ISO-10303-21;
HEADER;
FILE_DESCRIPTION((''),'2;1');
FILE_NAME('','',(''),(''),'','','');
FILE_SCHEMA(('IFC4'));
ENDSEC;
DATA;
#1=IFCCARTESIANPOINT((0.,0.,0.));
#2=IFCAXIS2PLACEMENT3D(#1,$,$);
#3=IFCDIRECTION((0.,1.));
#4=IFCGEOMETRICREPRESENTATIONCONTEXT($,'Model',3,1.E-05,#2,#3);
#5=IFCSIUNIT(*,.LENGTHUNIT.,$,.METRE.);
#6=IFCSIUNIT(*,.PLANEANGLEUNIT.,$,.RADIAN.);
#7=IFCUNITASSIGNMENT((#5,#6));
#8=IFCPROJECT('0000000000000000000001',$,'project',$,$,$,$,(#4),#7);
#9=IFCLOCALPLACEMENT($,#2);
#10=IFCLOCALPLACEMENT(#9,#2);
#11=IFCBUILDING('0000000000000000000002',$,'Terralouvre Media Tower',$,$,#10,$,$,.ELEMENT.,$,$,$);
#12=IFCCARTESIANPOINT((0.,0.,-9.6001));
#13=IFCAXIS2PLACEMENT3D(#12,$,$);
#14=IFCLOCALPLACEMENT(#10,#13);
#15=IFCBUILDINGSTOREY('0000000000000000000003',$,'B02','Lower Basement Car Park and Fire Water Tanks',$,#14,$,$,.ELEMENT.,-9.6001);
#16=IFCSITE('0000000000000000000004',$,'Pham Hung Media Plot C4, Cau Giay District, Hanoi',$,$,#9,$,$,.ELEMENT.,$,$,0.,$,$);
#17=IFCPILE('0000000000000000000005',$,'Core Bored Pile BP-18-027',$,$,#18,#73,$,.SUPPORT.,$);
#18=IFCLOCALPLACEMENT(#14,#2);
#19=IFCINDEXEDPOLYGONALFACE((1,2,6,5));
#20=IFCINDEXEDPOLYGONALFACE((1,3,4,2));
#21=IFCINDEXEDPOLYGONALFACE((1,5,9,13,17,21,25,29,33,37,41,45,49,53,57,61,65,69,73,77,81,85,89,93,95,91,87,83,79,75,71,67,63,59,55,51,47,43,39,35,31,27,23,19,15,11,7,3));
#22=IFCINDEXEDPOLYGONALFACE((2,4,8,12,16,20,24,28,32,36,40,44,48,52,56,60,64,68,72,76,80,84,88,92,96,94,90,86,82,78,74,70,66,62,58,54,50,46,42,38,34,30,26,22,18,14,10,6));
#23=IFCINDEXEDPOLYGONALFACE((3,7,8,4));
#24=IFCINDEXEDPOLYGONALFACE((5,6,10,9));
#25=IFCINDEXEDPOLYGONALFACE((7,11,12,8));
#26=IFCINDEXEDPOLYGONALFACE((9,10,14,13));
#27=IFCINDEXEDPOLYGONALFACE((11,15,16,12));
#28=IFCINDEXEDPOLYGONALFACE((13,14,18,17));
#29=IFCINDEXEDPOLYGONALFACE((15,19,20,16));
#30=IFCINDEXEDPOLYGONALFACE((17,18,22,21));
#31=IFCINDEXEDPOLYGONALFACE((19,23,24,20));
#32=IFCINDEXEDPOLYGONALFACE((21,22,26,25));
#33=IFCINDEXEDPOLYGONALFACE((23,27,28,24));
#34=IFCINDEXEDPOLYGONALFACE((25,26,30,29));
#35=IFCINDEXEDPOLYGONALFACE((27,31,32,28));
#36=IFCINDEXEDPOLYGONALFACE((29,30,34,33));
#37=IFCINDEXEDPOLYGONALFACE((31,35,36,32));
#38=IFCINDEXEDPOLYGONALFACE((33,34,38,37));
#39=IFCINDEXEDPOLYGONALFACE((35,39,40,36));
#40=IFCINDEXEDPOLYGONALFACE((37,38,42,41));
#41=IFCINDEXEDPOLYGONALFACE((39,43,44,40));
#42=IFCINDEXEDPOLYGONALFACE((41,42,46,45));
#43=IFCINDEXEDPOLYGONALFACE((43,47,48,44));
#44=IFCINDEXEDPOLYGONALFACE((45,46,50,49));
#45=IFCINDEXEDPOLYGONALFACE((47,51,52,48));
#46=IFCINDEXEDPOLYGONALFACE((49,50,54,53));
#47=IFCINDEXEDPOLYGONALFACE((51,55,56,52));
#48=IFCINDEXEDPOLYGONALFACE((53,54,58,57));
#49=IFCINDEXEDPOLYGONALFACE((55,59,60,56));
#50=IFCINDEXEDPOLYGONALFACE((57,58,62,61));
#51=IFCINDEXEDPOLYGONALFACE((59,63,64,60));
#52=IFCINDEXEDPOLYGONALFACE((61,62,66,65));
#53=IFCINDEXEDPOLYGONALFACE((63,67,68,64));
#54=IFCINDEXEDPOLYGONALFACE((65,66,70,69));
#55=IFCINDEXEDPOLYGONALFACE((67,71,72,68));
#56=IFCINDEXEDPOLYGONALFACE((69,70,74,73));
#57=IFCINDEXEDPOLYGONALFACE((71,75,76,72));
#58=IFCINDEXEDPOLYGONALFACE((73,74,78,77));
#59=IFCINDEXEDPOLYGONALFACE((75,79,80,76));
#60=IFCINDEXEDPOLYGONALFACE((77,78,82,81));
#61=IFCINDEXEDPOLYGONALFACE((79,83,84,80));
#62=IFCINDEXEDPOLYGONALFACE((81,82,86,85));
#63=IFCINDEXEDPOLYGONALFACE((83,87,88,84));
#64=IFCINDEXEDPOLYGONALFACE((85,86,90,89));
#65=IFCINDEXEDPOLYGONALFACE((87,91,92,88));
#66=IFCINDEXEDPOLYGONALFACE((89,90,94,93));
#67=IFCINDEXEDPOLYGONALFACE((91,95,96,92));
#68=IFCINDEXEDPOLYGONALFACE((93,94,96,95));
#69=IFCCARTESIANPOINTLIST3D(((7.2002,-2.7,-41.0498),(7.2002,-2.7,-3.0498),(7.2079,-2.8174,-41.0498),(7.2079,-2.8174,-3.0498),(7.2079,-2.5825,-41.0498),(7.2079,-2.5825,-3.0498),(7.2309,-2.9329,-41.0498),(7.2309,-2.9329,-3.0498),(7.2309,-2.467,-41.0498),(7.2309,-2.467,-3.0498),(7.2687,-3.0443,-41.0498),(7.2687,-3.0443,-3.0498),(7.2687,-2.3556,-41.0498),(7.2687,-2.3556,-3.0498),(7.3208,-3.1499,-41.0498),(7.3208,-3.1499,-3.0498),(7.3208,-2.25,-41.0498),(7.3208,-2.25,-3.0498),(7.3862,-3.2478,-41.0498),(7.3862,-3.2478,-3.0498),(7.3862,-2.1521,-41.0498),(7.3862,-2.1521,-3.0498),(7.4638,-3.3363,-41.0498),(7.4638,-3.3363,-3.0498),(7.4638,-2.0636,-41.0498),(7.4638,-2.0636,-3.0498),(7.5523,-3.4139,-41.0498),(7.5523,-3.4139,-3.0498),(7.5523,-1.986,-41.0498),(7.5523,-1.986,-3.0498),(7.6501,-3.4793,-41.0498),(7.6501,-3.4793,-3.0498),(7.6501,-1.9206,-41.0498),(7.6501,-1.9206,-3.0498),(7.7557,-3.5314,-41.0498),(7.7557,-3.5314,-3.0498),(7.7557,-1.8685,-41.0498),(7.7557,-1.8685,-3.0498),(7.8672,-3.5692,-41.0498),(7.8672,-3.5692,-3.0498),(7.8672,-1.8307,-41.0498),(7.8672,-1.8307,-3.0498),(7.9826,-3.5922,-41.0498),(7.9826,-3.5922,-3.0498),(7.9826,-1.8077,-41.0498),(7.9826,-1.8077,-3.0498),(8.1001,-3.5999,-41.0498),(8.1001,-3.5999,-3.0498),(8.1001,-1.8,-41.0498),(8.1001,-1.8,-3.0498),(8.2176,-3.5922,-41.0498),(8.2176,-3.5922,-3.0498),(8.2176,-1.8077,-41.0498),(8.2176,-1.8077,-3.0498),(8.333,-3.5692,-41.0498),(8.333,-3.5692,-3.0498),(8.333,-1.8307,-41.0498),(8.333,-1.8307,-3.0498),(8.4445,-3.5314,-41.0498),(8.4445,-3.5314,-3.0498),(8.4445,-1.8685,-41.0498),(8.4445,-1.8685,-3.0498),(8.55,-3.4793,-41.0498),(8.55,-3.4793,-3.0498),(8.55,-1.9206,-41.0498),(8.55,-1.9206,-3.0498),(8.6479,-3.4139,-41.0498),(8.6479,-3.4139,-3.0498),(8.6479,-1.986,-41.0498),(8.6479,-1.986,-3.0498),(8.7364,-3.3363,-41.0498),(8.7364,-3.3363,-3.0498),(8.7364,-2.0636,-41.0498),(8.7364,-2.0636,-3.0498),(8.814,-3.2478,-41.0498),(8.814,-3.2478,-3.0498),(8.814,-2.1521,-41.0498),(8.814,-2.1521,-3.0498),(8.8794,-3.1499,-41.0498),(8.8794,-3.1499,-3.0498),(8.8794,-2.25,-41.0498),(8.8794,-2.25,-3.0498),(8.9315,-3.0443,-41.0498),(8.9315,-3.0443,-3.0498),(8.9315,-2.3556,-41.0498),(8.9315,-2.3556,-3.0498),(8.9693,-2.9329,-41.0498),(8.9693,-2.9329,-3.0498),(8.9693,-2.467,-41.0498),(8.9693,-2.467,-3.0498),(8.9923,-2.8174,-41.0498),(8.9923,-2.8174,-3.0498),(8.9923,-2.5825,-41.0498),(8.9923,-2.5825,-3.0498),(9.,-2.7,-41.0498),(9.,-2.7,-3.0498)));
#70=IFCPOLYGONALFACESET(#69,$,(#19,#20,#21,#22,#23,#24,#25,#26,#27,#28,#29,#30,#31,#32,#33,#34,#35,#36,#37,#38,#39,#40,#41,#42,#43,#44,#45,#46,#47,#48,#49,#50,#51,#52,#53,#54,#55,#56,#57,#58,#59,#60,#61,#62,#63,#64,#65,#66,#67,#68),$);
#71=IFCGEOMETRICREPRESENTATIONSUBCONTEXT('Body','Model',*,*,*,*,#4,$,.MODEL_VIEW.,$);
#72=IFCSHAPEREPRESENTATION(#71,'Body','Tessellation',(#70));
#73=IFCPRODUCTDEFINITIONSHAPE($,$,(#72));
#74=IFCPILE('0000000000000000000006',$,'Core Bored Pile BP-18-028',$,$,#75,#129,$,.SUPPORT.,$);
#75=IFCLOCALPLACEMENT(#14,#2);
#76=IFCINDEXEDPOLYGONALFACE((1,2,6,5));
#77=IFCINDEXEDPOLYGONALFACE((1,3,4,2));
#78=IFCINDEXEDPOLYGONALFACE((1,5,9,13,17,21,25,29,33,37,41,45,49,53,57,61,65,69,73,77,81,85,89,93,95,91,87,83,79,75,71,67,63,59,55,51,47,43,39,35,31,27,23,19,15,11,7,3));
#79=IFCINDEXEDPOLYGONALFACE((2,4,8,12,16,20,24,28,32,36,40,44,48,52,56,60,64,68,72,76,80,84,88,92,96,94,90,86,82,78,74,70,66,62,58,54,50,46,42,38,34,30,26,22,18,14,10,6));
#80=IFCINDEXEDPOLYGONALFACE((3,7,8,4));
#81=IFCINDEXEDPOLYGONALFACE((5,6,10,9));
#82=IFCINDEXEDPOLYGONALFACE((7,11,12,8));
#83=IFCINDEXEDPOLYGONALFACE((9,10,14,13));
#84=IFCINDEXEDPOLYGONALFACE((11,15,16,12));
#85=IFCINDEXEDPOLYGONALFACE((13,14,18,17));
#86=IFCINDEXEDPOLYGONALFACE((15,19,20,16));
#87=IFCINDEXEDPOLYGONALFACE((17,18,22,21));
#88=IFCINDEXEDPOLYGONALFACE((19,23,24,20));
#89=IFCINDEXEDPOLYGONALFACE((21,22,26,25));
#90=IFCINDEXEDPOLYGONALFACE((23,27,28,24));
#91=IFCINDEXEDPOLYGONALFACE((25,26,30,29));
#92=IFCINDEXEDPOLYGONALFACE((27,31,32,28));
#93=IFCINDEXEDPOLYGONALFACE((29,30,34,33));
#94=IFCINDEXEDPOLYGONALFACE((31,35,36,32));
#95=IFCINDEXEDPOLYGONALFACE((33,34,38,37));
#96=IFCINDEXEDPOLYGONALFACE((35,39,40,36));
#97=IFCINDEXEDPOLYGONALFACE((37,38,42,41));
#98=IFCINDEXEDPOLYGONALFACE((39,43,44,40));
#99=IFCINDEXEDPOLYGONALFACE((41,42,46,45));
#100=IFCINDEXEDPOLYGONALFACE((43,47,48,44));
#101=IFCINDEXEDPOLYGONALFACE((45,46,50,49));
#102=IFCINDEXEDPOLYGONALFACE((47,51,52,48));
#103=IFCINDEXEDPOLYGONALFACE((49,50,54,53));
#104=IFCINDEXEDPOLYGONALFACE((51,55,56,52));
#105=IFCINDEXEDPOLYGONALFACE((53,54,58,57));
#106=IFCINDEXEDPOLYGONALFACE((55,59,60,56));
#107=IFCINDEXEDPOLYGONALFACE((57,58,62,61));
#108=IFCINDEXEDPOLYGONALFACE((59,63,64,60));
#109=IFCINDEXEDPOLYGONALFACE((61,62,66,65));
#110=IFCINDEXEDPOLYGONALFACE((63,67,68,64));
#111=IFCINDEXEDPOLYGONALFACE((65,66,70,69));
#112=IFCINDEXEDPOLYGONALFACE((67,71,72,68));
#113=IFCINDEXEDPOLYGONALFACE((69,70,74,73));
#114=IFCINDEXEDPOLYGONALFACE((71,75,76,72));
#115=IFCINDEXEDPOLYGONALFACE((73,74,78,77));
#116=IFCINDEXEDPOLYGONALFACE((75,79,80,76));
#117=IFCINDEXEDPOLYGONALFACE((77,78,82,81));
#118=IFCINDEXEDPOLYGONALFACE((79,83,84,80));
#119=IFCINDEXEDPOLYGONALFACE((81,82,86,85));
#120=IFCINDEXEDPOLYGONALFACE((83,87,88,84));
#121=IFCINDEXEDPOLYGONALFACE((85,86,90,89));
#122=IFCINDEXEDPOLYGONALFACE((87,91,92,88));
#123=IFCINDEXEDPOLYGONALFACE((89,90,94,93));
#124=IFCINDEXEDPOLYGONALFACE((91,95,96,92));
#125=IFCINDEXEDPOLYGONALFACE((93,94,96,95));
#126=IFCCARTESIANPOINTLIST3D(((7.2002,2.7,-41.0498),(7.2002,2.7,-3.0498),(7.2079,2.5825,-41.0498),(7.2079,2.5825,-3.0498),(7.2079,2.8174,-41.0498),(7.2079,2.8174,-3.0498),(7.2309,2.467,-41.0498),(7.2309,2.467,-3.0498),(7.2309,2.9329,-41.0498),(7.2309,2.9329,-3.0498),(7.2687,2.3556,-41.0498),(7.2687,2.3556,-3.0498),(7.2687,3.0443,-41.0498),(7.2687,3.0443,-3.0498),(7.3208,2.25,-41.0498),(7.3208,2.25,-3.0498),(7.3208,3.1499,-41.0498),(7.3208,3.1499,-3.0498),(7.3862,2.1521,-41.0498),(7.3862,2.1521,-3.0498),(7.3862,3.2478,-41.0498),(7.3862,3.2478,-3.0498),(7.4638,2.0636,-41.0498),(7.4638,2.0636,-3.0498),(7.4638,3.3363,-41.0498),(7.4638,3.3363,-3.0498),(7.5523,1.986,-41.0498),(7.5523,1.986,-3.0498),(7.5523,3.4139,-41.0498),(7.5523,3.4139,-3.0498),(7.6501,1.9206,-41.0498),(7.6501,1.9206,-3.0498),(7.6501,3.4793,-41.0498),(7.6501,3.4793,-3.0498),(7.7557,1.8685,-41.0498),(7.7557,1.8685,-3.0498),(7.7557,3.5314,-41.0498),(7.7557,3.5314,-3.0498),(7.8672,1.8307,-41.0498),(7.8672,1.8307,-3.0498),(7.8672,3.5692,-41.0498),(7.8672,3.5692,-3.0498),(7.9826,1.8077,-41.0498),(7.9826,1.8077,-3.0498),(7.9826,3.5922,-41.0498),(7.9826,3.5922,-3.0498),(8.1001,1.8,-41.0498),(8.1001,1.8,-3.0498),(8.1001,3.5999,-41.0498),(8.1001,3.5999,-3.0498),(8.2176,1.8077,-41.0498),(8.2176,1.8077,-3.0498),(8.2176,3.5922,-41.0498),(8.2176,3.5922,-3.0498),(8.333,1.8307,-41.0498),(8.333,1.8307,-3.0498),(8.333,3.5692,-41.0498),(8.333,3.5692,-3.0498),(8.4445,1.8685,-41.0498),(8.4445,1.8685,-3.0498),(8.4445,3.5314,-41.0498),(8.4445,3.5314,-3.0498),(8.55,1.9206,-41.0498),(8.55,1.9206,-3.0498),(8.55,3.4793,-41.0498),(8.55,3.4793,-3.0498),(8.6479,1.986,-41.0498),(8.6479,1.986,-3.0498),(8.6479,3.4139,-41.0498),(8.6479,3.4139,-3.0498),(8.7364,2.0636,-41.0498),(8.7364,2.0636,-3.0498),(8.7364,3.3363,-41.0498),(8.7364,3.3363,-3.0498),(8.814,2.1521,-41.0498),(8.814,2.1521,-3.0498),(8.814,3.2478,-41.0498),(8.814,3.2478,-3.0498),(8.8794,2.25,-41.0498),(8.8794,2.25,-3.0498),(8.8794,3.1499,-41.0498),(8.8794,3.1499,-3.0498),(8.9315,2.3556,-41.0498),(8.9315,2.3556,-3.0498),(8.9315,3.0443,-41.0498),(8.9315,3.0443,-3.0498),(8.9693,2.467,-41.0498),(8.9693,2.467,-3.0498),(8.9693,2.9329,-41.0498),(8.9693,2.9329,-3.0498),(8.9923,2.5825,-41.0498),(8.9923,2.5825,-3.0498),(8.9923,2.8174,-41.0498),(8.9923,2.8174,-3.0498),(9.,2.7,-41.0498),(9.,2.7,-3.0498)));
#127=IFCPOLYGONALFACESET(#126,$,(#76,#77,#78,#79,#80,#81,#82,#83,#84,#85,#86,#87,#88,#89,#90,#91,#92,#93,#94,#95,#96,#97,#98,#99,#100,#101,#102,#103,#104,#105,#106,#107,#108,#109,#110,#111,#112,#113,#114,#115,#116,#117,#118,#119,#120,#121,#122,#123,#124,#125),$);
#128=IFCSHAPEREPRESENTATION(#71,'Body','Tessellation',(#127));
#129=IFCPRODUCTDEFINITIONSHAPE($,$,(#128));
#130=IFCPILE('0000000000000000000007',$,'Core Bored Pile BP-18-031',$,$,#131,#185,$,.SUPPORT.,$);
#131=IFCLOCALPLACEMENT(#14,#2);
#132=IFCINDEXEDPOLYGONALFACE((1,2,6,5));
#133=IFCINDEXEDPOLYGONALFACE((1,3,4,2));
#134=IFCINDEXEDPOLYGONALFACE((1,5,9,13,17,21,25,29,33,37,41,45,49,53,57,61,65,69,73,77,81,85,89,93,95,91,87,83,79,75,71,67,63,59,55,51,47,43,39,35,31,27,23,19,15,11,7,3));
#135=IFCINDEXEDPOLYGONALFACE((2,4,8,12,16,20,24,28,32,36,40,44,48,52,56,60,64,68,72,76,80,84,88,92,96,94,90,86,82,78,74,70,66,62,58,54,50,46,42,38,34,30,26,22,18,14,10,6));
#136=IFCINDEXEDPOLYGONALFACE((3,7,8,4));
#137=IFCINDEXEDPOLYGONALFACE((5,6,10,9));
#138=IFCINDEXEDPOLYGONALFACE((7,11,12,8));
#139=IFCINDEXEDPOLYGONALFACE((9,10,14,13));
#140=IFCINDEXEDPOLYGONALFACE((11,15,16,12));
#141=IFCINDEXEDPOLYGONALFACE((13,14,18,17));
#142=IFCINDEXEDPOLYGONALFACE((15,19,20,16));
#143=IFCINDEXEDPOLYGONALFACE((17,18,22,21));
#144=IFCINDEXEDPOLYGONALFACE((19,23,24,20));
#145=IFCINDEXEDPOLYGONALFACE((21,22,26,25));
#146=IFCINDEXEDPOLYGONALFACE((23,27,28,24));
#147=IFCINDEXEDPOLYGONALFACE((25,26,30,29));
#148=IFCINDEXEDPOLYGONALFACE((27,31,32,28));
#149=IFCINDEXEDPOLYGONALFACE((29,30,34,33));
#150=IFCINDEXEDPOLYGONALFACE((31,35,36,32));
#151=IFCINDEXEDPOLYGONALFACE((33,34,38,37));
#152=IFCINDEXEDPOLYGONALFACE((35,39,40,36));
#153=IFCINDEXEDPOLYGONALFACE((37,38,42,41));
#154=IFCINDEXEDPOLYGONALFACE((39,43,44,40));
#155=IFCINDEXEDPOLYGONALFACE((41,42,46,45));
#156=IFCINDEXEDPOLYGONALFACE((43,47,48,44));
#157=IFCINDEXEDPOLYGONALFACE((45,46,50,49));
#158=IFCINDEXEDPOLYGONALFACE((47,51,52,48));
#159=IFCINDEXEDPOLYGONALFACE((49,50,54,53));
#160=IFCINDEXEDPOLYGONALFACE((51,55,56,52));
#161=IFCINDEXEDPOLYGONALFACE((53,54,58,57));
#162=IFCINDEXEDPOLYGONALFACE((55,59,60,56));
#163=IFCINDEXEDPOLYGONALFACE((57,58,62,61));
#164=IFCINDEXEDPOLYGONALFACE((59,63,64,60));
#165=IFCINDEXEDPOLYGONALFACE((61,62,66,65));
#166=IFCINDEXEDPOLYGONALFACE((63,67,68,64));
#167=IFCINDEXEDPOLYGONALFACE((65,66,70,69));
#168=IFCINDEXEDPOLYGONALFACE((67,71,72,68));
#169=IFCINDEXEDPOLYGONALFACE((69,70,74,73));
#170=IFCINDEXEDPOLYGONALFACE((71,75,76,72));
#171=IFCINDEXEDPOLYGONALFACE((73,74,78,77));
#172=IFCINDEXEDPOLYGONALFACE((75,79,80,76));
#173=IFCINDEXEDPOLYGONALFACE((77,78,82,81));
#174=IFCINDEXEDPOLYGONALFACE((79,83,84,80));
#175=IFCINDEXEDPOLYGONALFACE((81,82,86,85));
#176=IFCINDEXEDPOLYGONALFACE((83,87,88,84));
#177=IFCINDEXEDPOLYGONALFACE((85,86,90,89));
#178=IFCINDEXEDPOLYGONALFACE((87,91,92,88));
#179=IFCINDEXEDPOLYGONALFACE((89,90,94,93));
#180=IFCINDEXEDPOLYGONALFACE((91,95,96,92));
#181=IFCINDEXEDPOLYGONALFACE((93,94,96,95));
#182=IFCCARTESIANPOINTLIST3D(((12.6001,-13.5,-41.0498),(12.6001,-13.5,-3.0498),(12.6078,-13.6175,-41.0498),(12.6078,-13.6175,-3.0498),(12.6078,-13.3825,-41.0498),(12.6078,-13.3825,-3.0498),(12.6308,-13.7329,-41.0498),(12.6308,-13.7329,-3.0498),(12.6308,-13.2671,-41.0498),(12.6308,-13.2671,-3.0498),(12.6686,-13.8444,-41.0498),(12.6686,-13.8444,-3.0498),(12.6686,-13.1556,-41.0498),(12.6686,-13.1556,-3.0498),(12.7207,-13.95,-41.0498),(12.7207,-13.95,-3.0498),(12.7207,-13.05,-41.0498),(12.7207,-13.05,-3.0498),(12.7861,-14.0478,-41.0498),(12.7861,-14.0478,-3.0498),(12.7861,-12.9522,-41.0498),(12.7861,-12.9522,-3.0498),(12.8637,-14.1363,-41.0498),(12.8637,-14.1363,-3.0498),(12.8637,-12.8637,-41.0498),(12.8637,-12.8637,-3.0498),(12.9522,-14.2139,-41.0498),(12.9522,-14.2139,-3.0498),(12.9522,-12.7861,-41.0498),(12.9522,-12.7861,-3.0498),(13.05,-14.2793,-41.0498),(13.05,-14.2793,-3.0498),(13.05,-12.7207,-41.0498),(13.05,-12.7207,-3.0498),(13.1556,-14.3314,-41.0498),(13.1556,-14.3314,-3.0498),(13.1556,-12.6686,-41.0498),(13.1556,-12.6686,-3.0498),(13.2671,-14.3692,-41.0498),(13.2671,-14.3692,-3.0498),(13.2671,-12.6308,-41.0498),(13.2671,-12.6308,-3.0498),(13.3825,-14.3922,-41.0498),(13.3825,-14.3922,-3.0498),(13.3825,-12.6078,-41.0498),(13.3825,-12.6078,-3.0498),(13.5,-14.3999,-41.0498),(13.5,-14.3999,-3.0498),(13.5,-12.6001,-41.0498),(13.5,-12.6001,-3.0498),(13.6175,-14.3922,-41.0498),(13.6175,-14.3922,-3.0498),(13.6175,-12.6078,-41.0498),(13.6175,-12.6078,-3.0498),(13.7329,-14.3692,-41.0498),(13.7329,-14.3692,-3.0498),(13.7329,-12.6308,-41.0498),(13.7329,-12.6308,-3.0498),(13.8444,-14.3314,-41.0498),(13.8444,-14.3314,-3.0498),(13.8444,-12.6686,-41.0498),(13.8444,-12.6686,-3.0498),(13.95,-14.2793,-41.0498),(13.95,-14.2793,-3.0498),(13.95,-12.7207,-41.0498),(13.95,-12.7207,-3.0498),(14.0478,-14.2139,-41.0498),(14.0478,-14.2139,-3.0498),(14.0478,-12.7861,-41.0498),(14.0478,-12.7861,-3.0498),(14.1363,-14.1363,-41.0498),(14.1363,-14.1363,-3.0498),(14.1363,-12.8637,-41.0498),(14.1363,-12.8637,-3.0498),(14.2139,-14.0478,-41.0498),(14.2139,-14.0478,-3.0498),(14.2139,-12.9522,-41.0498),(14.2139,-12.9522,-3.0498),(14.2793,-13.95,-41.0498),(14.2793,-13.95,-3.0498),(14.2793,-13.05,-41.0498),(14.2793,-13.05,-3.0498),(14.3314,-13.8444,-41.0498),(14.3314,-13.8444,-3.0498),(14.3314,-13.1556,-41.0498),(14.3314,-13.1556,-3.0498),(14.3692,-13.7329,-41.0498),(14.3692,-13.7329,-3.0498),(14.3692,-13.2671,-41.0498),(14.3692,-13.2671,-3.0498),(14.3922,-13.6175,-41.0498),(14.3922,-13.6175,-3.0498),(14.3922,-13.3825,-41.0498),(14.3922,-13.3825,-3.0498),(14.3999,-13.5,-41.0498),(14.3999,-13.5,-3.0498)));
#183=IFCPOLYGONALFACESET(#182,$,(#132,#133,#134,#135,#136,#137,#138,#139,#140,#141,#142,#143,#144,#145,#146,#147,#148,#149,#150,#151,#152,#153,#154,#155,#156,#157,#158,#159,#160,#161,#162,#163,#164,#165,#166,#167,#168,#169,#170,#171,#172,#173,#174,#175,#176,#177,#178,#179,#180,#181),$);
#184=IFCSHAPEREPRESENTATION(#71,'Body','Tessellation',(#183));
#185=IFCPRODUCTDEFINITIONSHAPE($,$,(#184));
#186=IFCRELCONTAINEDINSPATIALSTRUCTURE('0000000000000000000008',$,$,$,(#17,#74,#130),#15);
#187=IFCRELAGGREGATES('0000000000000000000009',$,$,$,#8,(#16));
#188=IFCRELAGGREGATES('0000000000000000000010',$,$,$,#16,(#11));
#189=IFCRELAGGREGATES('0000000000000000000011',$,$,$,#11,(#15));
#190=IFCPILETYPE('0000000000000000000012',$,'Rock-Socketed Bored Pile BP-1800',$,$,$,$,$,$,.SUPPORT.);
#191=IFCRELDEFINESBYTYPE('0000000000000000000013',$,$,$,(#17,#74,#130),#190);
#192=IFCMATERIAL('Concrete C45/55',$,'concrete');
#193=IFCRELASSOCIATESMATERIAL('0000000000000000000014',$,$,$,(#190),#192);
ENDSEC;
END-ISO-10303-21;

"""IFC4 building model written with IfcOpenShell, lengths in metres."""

from ifc_helpers import new_model, si_unit, direction, frame, origin, origin_2d, place, context, subcontext, project, spatial, circle, extrude, material, material_profile, profile_set, type_object, element, save


model = new_model("IFC4")

# Units and contexts
model_context = context("Model", 3, precision=1e-05, world=origin(), true_north=direction((0.0, 1.0)))
body_context = subcontext(model_context, "Body", "Model", "MODEL_VIEW")
ifc_project = project(units=[si_unit("LENGTHUNIT", "METRE"), si_unit("PLANEANGLEUNIT", "RADIAN")], contexts=[model_context])

# Site, building, storey
site_placement = place(None, origin())
site = spatial("IfcSite", under=ifc_project, at=site_placement, Name="Pham Hung Media Plot C4, Cau Giay District, Hanoi", CompositionType="ELEMENT", RefElevation=0.0)
building_placement = place(site_placement, origin())
building = spatial("IfcBuilding", under=site, at=building_placement, Name="Terralouvre Media Tower", CompositionType="ELEMENT")
storey_placement = place(building_placement, frame((0.0, 0.0, -9.6001)))
storey = spatial("IfcBuildingStorey", under=building, at=storey_placement, Name="B02", Description="Lower Basement Car Park and Fire Water Tanks", CompositionType="ELEMENT", Elevation=-9.6001)

# Piles
ifc_material_1 = material(Name="Concrete C45/55", Category="concrete")
ifc_material_profile_1 = material_profile(ifc_material_1, circle(Radius=0.8999, at=origin_2d()), Name="BORED PILE 1800")
ifc_profile_set_1 = profile_set([ifc_material_profile_1], Name="Concrete C45/55")
pile_type_1 = type_object("IfcPileType", Name="Rock-Socketed Bored Pile BP-1800", PredefinedType="SUPPORT", material=ifc_profile_set_1)
for number, where, z_axis, x_axis, name in (
    (1, (8.1001, -2.7, -3.0498), (0.0, 0.0, -1.0), (1.0, 0.0, 0.0), "Core Bored Pile BP-18-027"),
    (2, (8.1001, 2.7, -3.0498), (0.0, 0.0, -1.0), (1.0, 0.0, 0.0), "Core Bored Pile BP-18-028"),
    (3, (13.5, -13.5, -3.0498), (0.0, 0.0, -1.0), (1.0, 0.0, 0.0), "Core Bored Pile BP-18-031"),
):
    element("IfcPile", number, at=place(storey_placement, frame(where, z_axis=z_axis, x_axis=x_axis)), inside=storey, type_object=pile_type_1, Name=name, PredefinedType="SUPPORT", context=body_context, shape_type="SweptSolid", body=[
        extrude(circle(Radius=0.8999, at=origin_2d()), origin(), (0.0, 0.0, 1.0), 38.0),
    ])

save(model, "model.ifc")
